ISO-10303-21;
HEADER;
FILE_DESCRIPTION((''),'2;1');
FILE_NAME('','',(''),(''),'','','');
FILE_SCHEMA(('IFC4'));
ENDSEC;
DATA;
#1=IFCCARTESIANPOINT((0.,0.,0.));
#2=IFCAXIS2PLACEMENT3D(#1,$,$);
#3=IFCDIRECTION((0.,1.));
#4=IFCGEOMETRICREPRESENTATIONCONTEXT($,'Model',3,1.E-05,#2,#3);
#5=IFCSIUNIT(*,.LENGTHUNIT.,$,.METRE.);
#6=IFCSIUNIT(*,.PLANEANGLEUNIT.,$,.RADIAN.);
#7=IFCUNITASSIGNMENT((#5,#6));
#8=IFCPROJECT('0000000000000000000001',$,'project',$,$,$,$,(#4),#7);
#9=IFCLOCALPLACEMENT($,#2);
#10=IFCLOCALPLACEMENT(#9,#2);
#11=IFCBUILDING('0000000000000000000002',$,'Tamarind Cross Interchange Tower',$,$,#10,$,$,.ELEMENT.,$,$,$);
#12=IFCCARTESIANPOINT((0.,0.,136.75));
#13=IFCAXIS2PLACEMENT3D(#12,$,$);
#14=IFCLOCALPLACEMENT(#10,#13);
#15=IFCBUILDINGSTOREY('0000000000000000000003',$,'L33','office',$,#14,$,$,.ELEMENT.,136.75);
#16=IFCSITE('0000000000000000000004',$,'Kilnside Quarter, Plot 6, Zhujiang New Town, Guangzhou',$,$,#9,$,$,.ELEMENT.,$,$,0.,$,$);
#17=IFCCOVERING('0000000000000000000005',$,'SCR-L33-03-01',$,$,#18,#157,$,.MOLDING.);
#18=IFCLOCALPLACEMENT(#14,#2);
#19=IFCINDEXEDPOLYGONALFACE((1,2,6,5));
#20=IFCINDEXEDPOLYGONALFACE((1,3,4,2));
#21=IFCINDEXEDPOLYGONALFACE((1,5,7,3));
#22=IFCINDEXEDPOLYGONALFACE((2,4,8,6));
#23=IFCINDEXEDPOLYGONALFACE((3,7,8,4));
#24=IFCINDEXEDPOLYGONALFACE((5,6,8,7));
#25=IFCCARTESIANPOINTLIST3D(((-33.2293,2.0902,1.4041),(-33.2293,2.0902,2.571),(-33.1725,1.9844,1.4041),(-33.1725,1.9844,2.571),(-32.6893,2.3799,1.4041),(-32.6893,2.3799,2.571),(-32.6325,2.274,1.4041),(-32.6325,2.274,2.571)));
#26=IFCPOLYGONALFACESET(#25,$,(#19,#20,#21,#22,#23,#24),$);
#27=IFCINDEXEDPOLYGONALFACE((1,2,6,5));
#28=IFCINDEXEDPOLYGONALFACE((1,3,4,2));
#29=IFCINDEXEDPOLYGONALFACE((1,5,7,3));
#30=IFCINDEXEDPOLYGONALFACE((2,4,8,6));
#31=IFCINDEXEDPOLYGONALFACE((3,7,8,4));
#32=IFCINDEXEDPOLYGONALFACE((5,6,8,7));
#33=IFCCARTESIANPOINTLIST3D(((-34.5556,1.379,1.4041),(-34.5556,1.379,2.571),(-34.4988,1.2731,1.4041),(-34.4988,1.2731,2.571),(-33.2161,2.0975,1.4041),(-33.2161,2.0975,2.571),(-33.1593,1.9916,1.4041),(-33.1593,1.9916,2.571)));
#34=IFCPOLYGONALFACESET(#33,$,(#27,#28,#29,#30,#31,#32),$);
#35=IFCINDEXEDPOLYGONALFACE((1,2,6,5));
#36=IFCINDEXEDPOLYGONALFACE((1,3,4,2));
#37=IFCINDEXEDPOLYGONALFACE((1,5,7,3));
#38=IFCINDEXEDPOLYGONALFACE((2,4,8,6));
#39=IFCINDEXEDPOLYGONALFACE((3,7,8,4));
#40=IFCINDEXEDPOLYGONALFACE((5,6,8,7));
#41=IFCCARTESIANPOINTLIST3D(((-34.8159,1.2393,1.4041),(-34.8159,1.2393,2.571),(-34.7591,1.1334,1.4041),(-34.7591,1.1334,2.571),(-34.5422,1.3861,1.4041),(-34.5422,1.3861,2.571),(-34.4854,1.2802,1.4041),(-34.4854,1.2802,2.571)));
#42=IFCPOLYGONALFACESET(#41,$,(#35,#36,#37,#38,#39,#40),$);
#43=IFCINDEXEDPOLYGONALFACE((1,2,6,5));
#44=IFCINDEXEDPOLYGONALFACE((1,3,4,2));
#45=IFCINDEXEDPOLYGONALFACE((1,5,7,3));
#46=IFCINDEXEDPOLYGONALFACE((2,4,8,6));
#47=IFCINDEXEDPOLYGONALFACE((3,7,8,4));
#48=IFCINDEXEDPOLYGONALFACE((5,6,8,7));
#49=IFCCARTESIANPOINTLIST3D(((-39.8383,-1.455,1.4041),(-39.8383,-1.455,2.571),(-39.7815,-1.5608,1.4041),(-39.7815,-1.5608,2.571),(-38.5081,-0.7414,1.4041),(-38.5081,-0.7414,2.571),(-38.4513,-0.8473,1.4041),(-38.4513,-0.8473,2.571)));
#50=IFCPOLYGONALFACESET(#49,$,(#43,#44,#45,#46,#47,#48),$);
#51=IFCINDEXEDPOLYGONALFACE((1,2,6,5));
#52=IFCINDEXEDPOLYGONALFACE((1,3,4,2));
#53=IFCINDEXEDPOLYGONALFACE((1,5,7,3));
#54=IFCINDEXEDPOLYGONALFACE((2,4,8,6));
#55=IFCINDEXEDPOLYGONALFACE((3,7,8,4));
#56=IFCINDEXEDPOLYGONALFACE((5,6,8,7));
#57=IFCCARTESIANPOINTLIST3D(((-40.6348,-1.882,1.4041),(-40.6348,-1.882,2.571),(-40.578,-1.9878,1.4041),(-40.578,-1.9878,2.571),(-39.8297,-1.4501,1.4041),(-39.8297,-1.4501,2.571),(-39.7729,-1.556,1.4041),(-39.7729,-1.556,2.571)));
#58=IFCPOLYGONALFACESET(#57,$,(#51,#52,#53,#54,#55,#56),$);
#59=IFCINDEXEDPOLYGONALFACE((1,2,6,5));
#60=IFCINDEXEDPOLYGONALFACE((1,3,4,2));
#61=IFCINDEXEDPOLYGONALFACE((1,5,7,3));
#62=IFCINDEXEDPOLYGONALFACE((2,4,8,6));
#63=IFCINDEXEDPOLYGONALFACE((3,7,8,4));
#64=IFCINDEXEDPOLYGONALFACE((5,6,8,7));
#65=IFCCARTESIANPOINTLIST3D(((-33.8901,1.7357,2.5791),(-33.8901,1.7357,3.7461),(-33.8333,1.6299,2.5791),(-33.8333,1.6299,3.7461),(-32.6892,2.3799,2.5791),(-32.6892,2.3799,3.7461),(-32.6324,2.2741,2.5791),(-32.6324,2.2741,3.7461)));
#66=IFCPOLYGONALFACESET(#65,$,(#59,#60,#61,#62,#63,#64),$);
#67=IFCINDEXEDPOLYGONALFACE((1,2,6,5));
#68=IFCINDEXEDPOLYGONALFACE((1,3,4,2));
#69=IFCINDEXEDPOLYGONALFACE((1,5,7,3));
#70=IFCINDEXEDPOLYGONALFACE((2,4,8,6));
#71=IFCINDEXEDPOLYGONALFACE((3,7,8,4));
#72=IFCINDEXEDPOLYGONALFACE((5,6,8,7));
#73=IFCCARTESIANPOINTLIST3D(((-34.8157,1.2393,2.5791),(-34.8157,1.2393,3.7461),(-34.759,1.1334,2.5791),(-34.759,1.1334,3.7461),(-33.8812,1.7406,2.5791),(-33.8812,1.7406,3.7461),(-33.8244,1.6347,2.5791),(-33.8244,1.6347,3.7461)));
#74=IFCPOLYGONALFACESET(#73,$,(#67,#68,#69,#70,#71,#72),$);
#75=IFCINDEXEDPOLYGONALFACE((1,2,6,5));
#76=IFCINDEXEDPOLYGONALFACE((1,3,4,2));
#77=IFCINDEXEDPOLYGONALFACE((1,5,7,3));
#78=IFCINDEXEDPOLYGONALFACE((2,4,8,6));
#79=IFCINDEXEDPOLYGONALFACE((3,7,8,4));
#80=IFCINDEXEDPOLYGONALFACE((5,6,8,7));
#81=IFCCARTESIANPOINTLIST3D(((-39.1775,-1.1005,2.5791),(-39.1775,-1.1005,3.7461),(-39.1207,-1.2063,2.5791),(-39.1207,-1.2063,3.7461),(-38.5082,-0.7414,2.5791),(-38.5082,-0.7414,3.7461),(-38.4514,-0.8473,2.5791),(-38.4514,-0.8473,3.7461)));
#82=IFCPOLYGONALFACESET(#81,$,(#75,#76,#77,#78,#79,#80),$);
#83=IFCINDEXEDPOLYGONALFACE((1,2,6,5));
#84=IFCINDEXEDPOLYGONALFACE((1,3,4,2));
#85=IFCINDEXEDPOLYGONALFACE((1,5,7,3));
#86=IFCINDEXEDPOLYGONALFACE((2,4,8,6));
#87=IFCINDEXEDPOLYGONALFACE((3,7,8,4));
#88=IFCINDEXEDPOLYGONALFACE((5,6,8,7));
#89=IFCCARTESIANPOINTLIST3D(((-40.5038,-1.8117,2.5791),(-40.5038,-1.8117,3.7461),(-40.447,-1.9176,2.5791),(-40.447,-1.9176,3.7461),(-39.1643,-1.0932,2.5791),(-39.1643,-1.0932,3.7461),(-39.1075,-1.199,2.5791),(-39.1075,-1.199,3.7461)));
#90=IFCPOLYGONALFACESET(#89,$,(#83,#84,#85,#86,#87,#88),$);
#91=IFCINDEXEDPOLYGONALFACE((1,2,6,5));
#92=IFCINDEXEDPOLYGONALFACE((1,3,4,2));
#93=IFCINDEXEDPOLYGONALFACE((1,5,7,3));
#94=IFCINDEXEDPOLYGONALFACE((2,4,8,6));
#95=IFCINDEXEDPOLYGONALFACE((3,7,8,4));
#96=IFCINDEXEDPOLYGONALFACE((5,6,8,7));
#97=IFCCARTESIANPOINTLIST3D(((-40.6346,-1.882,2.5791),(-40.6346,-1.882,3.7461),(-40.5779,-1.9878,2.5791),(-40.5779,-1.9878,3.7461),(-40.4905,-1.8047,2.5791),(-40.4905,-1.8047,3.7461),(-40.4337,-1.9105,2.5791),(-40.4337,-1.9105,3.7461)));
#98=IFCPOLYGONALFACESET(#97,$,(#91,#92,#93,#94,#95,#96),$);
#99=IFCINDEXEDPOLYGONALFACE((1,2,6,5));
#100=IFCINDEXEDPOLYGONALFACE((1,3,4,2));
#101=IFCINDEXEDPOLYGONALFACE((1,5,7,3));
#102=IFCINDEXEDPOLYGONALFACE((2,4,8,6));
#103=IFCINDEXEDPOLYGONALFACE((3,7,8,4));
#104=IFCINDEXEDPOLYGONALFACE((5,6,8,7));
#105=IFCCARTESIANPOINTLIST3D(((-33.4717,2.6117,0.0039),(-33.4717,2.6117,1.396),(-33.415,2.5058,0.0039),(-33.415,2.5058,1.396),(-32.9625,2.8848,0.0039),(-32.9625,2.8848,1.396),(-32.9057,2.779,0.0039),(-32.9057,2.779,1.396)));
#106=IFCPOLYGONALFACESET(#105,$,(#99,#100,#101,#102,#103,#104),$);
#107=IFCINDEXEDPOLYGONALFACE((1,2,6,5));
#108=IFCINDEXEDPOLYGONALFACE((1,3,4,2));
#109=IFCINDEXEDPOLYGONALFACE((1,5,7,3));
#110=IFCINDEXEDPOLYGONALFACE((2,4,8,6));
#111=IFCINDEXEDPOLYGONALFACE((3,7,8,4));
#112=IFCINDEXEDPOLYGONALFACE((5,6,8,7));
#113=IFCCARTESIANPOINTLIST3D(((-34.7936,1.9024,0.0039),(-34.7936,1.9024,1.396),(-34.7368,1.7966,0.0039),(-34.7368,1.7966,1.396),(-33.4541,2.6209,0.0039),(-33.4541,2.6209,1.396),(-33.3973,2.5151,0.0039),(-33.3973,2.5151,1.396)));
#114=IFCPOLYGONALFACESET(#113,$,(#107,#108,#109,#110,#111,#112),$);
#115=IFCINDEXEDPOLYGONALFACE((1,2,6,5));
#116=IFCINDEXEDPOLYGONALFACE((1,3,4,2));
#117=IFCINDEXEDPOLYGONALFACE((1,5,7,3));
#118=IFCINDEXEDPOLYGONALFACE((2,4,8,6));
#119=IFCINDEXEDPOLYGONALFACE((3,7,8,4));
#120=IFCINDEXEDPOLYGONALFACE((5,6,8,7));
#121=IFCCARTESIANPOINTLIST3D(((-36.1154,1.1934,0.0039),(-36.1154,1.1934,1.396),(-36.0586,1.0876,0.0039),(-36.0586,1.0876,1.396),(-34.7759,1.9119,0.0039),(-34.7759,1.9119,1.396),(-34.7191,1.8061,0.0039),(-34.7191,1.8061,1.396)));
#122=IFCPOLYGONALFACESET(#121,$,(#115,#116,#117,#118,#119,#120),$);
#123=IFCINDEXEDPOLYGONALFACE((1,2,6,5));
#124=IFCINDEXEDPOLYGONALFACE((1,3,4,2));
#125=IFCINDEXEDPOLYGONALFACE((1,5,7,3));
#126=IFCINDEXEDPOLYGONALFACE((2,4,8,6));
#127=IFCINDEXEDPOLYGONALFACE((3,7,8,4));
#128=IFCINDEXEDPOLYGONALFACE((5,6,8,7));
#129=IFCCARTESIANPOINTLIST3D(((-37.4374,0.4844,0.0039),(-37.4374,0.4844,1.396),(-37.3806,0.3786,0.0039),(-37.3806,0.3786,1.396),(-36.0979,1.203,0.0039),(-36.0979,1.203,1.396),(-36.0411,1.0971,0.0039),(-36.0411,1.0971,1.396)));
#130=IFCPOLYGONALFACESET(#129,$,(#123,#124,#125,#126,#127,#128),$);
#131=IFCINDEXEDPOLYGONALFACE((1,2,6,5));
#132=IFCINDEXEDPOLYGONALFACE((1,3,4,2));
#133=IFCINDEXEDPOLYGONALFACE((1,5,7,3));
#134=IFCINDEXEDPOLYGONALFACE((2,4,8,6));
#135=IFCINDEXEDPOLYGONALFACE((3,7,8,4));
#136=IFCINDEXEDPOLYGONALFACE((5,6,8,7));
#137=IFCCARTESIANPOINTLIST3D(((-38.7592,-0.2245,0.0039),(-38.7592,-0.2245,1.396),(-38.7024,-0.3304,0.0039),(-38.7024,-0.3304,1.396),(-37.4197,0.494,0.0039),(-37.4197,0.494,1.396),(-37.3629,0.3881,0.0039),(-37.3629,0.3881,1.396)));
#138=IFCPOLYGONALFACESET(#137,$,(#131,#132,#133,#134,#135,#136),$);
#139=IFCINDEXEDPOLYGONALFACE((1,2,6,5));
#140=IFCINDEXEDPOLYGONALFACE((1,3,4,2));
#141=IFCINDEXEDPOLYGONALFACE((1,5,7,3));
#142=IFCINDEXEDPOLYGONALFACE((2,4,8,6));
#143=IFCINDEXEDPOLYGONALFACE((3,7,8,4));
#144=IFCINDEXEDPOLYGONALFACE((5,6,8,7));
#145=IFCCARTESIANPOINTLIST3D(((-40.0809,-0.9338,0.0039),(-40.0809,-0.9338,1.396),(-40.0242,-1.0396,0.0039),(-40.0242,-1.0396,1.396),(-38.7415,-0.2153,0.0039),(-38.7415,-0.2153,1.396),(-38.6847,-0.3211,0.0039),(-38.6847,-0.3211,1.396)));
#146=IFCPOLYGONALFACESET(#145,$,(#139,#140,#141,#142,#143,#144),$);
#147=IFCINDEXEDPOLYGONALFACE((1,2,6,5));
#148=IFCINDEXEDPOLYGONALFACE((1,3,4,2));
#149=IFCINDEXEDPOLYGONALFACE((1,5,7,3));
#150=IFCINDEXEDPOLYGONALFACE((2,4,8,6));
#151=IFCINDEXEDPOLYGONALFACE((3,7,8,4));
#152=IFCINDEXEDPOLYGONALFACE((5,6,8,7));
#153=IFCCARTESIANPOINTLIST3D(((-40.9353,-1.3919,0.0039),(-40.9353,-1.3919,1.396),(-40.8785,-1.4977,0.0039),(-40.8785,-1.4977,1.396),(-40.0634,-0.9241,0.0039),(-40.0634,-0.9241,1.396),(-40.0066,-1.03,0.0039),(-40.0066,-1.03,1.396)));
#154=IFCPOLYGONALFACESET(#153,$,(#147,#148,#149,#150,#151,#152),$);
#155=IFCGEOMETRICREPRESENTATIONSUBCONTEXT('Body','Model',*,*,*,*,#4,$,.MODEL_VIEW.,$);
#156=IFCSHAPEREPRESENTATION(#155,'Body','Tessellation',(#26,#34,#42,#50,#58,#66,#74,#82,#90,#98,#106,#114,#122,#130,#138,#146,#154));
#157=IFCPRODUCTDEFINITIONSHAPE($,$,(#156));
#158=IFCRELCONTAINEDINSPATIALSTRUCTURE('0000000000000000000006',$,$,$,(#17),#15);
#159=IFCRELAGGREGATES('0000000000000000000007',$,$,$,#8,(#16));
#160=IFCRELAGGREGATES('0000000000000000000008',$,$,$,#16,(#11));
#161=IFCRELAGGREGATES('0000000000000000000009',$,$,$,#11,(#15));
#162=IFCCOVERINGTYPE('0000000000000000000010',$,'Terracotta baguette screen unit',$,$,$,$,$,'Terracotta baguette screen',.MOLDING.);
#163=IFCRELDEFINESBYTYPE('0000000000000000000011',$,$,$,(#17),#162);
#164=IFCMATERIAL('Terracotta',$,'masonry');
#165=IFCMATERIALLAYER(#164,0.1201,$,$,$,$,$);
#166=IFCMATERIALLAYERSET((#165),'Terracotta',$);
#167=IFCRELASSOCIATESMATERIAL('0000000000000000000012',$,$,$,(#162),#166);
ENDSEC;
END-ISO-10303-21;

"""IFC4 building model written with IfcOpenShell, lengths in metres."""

from ifc_helpers import new_model, si_unit, direction, frame, origin, origin_2d, place, context, subcontext, project, spatial, rectangle, extrude, material, layer, layer_set, type_object, element, save


model = new_model("IFC4")

# Units and contexts
model_context = context("Model", 3, precision=1e-05, world=origin(), true_north=direction((0.0, 1.0)))
body_context = subcontext(model_context, "Body", "Model", "MODEL_VIEW")
ifc_project = project(units=[si_unit("LENGTHUNIT", "METRE"), si_unit("PLANEANGLEUNIT", "RADIAN")], contexts=[model_context])

# Site, building, storey
site_placement = place(None, origin())
site = spatial("IfcSite", under=ifc_project, at=site_placement, Name="Kilnside Quarter, Plot 6, Zhujiang New Town, Guangzhou", CompositionType="ELEMENT", RefElevation=0.0)
building_placement = place(site_placement, origin())
building = spatial("IfcBuilding", under=site, at=building_placement, Name="Tamarind Cross Interchange Tower", CompositionType="ELEMENT")
storey_placement = place(building_placement, frame((0.0, 0.0, 136.75)))
storey = spatial("IfcBuildingStorey", under=building, at=storey_placement, Name="L33", Description="office", CompositionType="ELEMENT", Elevation=136.75)

# Covering
ifc_material_1 = material(Name="Terracotta", Category="masonry")
ifc_layer_1 = layer(ifc_material_1, 0.1201)
ifc_layer_set_1 = layer_set([ifc_layer_1], Name="Terracotta")
covering_type = type_object("IfcCoveringType", Name="Terracotta baguette screen unit", ElementType="Terracotta baguette screen", PredefinedType="MOLDING", material=ifc_layer_set_1)
covering_1_placement = place(storey_placement, origin())
element("IfcCovering", 1, at=covering_1_placement, inside=storey, type_object=covering_type, Name="SCR-L33-03-01", PredefinedType="MOLDING", context=body_context, shape_type="SweptSolid", body=[
    extrude(rectangle(XDim=0.6128, YDim=0.1201, at=origin_2d()), frame((-32.9309, 2.1821, 1.4041), z_axis=(0.0, 0.0, 1.0), x_axis=(-0.881224, -0.472698, 0.0)), (0.0, 0.0, 1.0), 1.167),
    extrude(rectangle(XDim=1.52, YDim=0.1201, at=origin_2d()), frame((-33.8574, 1.6853, 1.4041), z_axis=(0.0, 0.0, 1.0), x_axis=(-0.881224, -0.472698, 0.0)), (0.0, 0.0, 1.0), 1.167),
    extrude(rectangle(XDim=0.3105, YDim=0.1201, at=origin_2d()), frame((-34.6506, 1.2598, 1.4041), z_axis=(0.0, 0.0, 1.0), x_axis=(-0.881224, -0.472698, 0.0)), (0.0, 0.0, 1.0), 1.167),
    extrude(rectangle(XDim=1.5095, YDim=0.1201, at=origin_2d()), frame((-39.1448, -1.1511, 1.4041), z_axis=(0.0, 0.0, 1.0), x_axis=(-0.881224, -0.472698, 0.0)), (0.0, 0.0, 1.0), 1.167),
    extrude(rectangle(XDim=0.9136, YDim=0.1201, at=origin_2d()), frame((-40.2039, -1.719, 1.4041), z_axis=(0.0, 0.0, 1.0), x_axis=(-0.881224, -0.472698, 0.0)), (0.0, 0.0, 1.0), 1.167),
    extrude(rectangle(XDim=1.3628, YDim=0.1201, at=origin_2d()), frame((-33.2612, 2.0049, 2.5791), z_axis=(0.0, 0.0, 1.0), x_axis=(-0.881224, -0.472698, 0.0)), (0.0, 0.0, 1.0), 1.167),
    extrude(rectangle(XDim=1.0605, YDim=0.1201, at=origin_2d()), frame((-34.3201, 1.437, 2.5791), z_axis=(0.0, 0.0, 1.0), x_axis=(-0.881224, -0.472698, 0.0)), (0.0, 0.0, 1.0), 1.167),
    extrude(rectangle(XDim=0.7595, YDim=0.1201, at=origin_2d()), frame((-38.8145, -0.9739, 2.5791), z_axis=(0.0, 0.0, 1.0), x_axis=(-0.881224, -0.472698, 0.0)), (0.0, 0.0, 1.0), 1.167),
    extrude(rectangle(XDim=1.52, YDim=0.1201, at=origin_2d()), frame((-39.8057, -1.5054, 2.5791), z_axis=(0.0, 0.0, 1.0), x_axis=(-0.881224, -0.472698, 0.0)), (0.0, 0.0, 1.0), 1.167),
    extrude(rectangle(XDim=0.1636, YDim=0.1201, at=origin_2d()), frame((-40.5342, -1.8962, 2.5791), z_axis=(0.0, 0.0, 1.0), x_axis=(-0.881224, -0.472698, 0.0)), (0.0, 0.0, 1.0), 1.167),
    extrude(rectangle(XDim=0.5779, YDim=0.1201, at=origin_2d()), frame((-33.1887, 2.6953, 0.0039), z_axis=(0.0, 0.0, 1.0), x_axis=(-0.881224, -0.472698, 0.0)), (0.0, 0.0, 1.0), 1.3921),
    extrude(rectangle(XDim=1.52, YDim=0.1201, at=origin_2d()), frame((-34.0955, 2.2087, 0.0039), z_axis=(0.0, 0.0, 1.0), x_axis=(-0.881224, -0.472698, 0.0)), (0.0, 0.0, 1.0), 1.3921),
    extrude(rectangle(XDim=1.52, YDim=0.1201, at=origin_2d()), frame((-35.4172, 1.4998, 0.0039), z_axis=(0.0, 0.0, 1.0), x_axis=(-0.881224, -0.472698, 0.0)), (0.0, 0.0, 1.0), 1.3921),
    extrude(rectangle(XDim=1.52, YDim=0.1201, at=origin_2d()), frame((-36.7393, 0.7908, 0.0039), z_axis=(0.0, 0.0, 1.0), x_axis=(-0.881224, -0.472698, 0.0)), (0.0, 0.0, 1.0), 1.3921),
    extrude(rectangle(XDim=1.52, YDim=0.1201, at=origin_2d()), frame((-38.061, 0.0818, 0.0039), z_axis=(0.0, 0.0, 1.0), x_axis=(-0.881224, -0.472698, 0.0)), (0.0, 0.0, 1.0), 1.3921),
    extrude(rectangle(XDim=1.52, YDim=0.1201, at=origin_2d()), frame((-39.3828, -0.6274, 0.0039), z_axis=(0.0, 0.0, 1.0), x_axis=(-0.881224, -0.472698, 0.0)), (0.0, 0.0, 1.0), 1.3921),
    extrude(rectangle(XDim=0.9895, YDim=0.1201, at=origin_2d()), frame((-40.4709, -1.2109, 0.0039), z_axis=(0.0, 0.0, 1.0), x_axis=(-0.881224, -0.472698, 0.0)), (0.0, 0.0, 1.0), 1.3921),
])

save(model, "model.ifc")
